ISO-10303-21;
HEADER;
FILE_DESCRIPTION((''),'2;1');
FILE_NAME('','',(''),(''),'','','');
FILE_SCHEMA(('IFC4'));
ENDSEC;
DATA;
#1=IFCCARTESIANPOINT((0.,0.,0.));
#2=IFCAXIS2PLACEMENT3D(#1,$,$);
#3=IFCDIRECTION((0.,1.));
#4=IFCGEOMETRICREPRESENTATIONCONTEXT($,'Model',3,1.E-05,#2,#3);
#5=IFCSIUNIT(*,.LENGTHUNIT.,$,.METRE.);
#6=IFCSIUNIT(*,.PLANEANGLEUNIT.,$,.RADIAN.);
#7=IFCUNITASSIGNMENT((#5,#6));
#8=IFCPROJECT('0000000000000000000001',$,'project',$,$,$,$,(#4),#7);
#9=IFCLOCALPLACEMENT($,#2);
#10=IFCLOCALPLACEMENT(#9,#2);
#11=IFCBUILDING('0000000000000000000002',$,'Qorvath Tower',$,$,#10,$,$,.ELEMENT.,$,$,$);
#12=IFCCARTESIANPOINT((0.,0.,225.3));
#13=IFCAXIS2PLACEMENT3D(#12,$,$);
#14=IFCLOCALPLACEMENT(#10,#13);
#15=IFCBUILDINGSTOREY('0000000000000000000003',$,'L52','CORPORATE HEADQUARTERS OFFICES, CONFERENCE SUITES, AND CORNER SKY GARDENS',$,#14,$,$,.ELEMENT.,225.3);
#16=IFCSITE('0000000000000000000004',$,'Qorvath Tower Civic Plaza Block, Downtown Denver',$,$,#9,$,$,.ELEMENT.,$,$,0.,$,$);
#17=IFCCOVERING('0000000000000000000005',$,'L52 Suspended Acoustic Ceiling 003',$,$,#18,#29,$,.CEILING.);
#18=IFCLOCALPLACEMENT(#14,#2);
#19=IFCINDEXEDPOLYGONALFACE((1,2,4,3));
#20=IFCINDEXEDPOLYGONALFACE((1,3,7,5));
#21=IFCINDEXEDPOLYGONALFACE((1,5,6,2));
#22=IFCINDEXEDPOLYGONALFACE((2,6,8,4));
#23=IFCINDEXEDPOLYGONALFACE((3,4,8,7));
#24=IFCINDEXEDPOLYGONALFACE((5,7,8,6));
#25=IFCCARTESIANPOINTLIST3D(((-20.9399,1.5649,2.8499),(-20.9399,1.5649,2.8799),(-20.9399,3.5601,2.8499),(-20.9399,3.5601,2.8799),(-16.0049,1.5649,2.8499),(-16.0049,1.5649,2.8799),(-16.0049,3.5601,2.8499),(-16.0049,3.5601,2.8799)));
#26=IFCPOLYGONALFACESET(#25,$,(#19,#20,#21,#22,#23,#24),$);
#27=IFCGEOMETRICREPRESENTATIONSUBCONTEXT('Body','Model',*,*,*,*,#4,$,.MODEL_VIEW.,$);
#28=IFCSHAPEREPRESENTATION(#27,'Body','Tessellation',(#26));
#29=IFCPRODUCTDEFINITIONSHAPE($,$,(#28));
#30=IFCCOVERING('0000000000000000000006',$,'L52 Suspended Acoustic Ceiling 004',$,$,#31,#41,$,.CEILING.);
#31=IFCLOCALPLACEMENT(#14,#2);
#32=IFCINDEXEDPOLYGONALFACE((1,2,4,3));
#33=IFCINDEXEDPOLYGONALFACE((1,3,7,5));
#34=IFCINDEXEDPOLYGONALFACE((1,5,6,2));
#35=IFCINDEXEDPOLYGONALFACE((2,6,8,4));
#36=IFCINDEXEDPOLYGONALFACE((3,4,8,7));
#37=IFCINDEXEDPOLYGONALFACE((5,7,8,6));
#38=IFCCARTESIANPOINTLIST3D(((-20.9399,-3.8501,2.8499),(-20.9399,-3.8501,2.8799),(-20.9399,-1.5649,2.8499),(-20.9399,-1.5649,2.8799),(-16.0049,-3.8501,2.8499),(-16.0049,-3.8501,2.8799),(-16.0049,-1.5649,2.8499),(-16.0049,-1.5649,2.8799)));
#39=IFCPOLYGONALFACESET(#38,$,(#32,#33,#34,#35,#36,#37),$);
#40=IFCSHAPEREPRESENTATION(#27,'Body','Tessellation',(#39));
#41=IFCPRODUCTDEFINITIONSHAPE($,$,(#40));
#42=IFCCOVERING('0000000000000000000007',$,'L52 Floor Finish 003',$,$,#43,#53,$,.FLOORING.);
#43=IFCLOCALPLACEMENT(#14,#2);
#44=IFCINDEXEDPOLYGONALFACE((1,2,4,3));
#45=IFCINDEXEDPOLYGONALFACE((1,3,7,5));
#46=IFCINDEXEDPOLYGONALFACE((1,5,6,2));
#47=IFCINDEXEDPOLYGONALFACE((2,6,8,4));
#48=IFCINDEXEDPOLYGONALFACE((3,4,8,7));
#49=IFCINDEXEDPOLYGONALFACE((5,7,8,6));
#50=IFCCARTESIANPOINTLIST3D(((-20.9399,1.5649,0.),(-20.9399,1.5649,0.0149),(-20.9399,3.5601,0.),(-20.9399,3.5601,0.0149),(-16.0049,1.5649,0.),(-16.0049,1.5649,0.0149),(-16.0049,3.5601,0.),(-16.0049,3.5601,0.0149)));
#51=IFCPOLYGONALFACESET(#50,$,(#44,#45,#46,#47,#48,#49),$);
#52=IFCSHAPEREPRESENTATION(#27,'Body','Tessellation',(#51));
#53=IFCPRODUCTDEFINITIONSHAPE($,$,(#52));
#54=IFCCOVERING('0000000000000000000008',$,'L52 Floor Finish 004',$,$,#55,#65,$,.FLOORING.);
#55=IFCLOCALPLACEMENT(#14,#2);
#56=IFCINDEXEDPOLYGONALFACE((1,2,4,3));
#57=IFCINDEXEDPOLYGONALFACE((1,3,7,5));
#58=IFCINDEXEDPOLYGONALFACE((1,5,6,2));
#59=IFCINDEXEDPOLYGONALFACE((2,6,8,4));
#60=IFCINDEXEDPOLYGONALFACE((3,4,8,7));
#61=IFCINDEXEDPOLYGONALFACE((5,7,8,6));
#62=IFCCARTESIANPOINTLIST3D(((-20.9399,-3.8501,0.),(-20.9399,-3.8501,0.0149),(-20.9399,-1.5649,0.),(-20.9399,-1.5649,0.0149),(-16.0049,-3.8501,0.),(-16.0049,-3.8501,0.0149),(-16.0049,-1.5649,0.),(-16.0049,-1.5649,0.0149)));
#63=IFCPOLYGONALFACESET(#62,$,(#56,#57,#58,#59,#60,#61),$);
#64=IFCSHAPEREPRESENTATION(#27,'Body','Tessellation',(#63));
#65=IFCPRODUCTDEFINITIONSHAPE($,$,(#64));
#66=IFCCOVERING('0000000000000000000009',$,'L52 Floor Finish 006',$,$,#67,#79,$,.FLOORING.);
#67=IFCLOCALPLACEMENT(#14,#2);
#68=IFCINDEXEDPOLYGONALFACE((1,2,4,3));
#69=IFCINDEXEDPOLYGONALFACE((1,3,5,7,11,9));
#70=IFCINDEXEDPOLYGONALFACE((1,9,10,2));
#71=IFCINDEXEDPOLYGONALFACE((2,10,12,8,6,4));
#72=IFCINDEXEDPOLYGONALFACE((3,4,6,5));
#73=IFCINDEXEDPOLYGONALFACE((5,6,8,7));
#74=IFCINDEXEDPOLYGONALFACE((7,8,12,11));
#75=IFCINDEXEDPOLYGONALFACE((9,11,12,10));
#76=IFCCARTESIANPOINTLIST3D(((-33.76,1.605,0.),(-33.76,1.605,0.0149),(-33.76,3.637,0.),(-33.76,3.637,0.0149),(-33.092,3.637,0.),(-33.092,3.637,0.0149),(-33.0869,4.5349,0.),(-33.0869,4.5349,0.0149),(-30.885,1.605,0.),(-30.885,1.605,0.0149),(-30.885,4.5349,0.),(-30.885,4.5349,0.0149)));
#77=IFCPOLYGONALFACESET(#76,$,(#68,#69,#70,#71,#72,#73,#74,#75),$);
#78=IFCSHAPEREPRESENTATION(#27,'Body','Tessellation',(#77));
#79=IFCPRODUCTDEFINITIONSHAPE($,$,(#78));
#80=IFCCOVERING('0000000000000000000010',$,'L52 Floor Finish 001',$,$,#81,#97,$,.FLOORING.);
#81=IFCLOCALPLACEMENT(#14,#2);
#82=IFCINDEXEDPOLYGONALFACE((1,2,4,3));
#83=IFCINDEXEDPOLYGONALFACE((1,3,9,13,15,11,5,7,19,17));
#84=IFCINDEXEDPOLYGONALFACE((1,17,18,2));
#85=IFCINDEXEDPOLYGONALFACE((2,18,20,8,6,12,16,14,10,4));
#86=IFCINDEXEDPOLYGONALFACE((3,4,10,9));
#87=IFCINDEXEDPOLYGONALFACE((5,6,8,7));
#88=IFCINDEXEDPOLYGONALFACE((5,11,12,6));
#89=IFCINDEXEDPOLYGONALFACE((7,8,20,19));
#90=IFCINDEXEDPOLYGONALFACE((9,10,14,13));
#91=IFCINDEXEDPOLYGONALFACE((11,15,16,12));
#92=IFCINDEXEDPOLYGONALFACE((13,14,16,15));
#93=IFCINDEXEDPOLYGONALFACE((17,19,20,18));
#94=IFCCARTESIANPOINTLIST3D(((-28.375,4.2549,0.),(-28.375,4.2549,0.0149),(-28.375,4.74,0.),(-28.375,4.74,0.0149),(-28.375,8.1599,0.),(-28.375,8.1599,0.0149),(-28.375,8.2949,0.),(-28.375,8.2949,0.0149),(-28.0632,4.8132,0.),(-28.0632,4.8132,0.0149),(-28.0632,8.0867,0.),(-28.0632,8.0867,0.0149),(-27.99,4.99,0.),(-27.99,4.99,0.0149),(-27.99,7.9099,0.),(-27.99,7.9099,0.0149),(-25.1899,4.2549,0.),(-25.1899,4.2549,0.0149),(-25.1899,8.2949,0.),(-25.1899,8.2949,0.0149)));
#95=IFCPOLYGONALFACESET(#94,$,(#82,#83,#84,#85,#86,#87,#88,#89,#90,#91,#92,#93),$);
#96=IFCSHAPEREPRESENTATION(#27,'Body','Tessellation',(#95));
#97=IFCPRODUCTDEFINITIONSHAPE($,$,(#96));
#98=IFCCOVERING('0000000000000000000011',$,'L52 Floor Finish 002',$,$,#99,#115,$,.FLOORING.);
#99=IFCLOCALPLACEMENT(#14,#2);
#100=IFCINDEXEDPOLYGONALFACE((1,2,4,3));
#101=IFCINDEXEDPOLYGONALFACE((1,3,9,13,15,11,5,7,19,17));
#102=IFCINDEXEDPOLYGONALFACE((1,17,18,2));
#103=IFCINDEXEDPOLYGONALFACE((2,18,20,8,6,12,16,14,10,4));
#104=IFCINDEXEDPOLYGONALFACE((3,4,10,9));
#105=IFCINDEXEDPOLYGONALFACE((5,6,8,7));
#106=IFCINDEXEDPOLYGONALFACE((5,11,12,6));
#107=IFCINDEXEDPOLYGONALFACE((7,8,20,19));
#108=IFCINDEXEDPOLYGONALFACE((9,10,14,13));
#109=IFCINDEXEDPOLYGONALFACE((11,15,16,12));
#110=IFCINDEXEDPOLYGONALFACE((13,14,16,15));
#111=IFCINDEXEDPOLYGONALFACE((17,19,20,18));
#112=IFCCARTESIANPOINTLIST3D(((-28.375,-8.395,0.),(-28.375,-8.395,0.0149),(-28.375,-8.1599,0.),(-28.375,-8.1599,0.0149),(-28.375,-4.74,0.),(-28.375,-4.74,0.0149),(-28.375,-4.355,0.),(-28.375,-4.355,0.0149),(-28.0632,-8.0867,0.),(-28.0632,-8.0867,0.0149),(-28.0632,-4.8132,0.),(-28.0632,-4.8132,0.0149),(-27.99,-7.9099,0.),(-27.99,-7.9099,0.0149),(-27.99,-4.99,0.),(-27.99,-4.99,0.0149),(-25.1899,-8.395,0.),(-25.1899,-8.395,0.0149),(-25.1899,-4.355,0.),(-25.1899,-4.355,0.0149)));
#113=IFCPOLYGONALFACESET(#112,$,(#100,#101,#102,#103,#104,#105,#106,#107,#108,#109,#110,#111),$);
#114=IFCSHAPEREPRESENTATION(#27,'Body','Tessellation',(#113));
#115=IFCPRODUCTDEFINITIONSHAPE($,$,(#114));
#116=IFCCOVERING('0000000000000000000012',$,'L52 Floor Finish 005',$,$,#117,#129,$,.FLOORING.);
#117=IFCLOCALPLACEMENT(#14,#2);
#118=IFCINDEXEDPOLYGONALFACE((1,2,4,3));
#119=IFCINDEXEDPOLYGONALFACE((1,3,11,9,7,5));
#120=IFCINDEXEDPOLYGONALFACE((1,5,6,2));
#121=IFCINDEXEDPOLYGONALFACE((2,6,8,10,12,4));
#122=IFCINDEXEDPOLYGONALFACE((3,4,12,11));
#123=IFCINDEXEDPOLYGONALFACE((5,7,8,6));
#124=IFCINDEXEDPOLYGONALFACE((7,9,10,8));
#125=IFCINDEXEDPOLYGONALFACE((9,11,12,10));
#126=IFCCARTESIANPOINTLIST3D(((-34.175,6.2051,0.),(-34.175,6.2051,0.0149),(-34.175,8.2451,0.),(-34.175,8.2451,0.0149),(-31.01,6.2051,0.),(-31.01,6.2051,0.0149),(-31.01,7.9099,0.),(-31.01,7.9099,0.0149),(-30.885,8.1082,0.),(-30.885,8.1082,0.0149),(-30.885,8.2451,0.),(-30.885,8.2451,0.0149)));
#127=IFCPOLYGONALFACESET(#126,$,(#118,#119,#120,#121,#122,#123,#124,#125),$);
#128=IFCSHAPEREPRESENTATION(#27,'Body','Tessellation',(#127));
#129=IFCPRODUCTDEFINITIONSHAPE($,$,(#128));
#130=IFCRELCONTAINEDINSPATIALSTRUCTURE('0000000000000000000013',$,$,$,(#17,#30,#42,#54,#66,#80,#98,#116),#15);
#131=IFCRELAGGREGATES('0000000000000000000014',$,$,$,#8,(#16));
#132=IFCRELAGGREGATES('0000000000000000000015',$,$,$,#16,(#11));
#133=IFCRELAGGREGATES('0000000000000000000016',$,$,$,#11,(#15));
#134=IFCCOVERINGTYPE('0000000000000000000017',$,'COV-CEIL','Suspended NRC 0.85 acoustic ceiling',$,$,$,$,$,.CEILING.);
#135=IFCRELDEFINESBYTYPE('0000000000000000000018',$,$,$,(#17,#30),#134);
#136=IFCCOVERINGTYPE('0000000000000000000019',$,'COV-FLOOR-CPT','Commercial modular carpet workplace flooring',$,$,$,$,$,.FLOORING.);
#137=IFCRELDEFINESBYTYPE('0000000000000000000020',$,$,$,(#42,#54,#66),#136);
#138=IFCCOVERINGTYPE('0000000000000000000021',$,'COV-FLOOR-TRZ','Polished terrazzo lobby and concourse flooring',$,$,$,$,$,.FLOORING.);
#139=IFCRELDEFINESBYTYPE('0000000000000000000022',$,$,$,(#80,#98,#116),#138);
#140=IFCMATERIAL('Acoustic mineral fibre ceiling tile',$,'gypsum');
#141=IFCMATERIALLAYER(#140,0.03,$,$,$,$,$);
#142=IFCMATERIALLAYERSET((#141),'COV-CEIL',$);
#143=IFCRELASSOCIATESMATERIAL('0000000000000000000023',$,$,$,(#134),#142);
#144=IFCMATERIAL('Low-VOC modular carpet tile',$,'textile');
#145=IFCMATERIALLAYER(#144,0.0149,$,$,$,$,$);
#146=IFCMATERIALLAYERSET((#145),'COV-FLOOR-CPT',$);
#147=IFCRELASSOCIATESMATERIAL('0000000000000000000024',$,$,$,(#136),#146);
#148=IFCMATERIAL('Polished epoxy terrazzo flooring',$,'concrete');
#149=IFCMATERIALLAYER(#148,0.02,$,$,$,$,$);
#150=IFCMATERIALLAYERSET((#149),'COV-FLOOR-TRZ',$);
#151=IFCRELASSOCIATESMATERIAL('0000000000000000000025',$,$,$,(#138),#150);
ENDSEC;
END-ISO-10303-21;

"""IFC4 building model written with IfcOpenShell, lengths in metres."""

from ifc_helpers import new_model, si_unit, direction, frame, origin, place, context, subcontext, project, spatial, polyline, outline, extrude, material, layer, layer_set, type_object, element, save


model = new_model("IFC4")

# Units and contexts
model_context = context("Model", 3, precision=1e-05, world=origin(), true_north=direction((0.0, 1.0)))
body_context = subcontext(model_context, "Body", "Model", "MODEL_VIEW")
ifc_project = project(units=[si_unit("LENGTHUNIT", "METRE"), si_unit("PLANEANGLEUNIT", "RADIAN")], contexts=[model_context])

# Site, building, storey
site_placement = place(None, origin())
site = spatial("IfcSite", under=ifc_project, at=site_placement, Name="Qorvath Tower Civic Plaza Block, Downtown Denver", CompositionType="ELEMENT", RefElevation=0.0)
building_placement = place(site_placement, origin())
building = spatial("IfcBuilding", under=site, at=building_placement, Name="Qorvath Tower", CompositionType="ELEMENT")
storey_placement = place(building_placement, frame((0.0, 0.0, 225.3)))
storey = spatial("IfcBuildingStorey", under=building, at=storey_placement, Name="L52", Description="CORPORATE HEADQUARTERS OFFICES, CONFERENCE SUITES, AND CORNER SKY GARDENS", CompositionType="ELEMENT", Elevation=225.3)

# Coverings
ifc_material_1 = material(Name="Acoustic mineral fibre ceiling tile", Category="gypsum")
ifc_layer_1 = layer(ifc_material_1, 0.03)
ifc_layer_set_1 = layer_set([ifc_layer_1], Name="COV-CEIL")
covering_type_1 = type_object("IfcCoveringType", Name="COV-CEIL", Description="Suspended NRC 0.85 acoustic ceiling", PredefinedType="CEILING", material=ifc_layer_set_1)
covering_1_placement = place(storey_placement, frame((0.0, 0.0, 2.8499)))
element("IfcCovering", 1, at=covering_1_placement, inside=storey, type_object=covering_type_1, Name="L52 Suspended Acoustic Ceiling 003", PredefinedType="CEILING", context=body_context, shape_type="SweptSolid", body=[
    extrude(outline(polyline([(-16.0049, 3.5601), (-20.9399, 3.5601), (-20.9399, 1.5649), (-16.0049, 1.5649), (-16.0049, 3.5601)])), origin(), (0.0, 0.0, 1.0), 0.03),
])
covering_2_placement = place(storey_placement, frame((0.0, 0.0, 2.8499)))
element("IfcCovering", 2, at=covering_2_placement, inside=storey, type_object=covering_type_1, Name="L52 Suspended Acoustic Ceiling 004", PredefinedType="CEILING", context=body_context, shape_type="SweptSolid", body=[
    extrude(outline(polyline([(-20.9399, -1.5649), (-20.9399, -3.8501), (-16.0049, -3.8501), (-16.0049, -1.5649), (-20.9399, -1.5649)])), origin(), (0.0, 0.0, 1.0), 0.03),
])
ifc_material_2 = material(Name="Low-VOC modular carpet tile", Category="textile")
ifc_layer_2 = layer(ifc_material_2, 0.0149)
ifc_layer_set_2 = layer_set([ifc_layer_2], Name="COV-FLOOR-CPT")
covering_type_2 = type_object("IfcCoveringType", Name="COV-FLOOR-CPT", Description="Commercial modular carpet workplace flooring", PredefinedType="FLOORING", material=ifc_layer_set_2)
covering_3_placement = place(storey_placement, origin())
element("IfcCovering", 3, at=covering_3_placement, inside=storey, type_object=covering_type_2, Name="L52 Floor Finish 003", PredefinedType="FLOORING", context=body_context, shape_type="SweptSolid", body=[
    extrude(outline(polyline([(-16.0049, 3.5601), (-20.9399, 3.5601), (-20.9399, 1.5649), (-16.0049, 1.5649), (-16.0049, 3.5601)])), origin(), (0.0, 0.0, 1.0), 0.0149),
])
covering_4_placement = place(storey_placement, origin())
element("IfcCovering", 4, at=covering_4_placement, inside=storey, type_object=covering_type_2, Name="L52 Floor Finish 004", PredefinedType="FLOORING", context=body_context, shape_type="SweptSolid", body=[
    extrude(outline(polyline([(-20.9399, -1.5649), (-20.9399, -3.8501), (-16.0049, -3.8501), (-16.0049, -1.5649), (-20.9399, -1.5649)])), origin(), (0.0, 0.0, 1.0), 0.0149),
])
covering_5_placement = place(storey_placement, origin())
element("IfcCovering", 5, at=covering_5_placement, inside=storey, type_object=covering_type_2, Name="L52 Floor Finish 006", PredefinedType="FLOORING", context=body_context, shape_type="SweptSolid", body=[
    extrude(outline(polyline([(-33.76, 3.637), (-33.76, 1.605), (-30.885, 1.605), (-30.885, 4.5349), (-33.0869, 4.5349), (-33.092, 3.637), (-33.76, 3.637)])), origin(), (0.0, 0.0, 1.0), 0.0149),
])
ifc_material_3 = material(Name="Polished epoxy terrazzo flooring", Category="concrete")
ifc_layer_3 = layer(ifc_material_3, 0.02)
ifc_layer_set_3 = layer_set([ifc_layer_3], Name="COV-FLOOR-TRZ")
covering_type_3 = type_object("IfcCoveringType", Name="COV-FLOOR-TRZ", Description="Polished terrazzo lobby and concourse flooring", PredefinedType="FLOORING", material=ifc_layer_set_3)
covering_6_placement = place(storey_placement, origin())
element("IfcCovering", 6, at=covering_6_placement, inside=storey, type_object=covering_type_3, Name="L52 Floor Finish 001", PredefinedType="FLOORING", context=body_context, shape_type="SweptSolid", body=[
    extrude(outline(polyline([(-25.1899, 4.2549), (-25.1899, 8.2949), (-28.375, 8.2949), (-28.375, 8.1599), (-28.0632, 8.0867), (-27.99, 7.9099), (-27.99, 4.99), (-28.0632, 4.8132), (-28.375, 4.74), (-28.375, 4.2549), (-25.1899, 4.2549)])), origin(), (0.0, 0.0, 1.0), 0.0149),
])
covering_7_placement = place(storey_placement, origin())
element("IfcCovering", 7, at=covering_7_placement, inside=storey, type_object=covering_type_3, Name="L52 Floor Finish 002", PredefinedType="FLOORING", context=body_context, shape_type="SweptSolid", body=[
    extrude(outline(polyline([(-25.1899, -8.395), (-25.1899, -4.355), (-28.375, -4.355), (-28.375, -4.74), (-28.0632, -4.8132), (-27.99, -4.99), (-27.99, -7.9099), (-28.0632, -8.0867), (-28.375, -8.1599), (-28.375, -8.395), (-25.1899, -8.395)])), origin(), (0.0, 0.0, 1.0), 0.0149),
])
covering_8_placement = place(storey_placement, origin())
element("IfcCovering", 8, at=covering_8_placement, inside=storey, type_object=covering_type_3, Name="L52 Floor Finish 005", PredefinedType="FLOORING", context=body_context, shape_type="SweptSolid", body=[
    extrude(outline(polyline([(-31.01, 6.2051), (-31.01, 7.9099), (-30.885, 8.1082), (-30.885, 8.2451), (-34.175, 8.2451), (-34.175, 6.2051), (-31.01, 6.2051)])), origin(), (0.0, 0.0, 1.0), 0.0149),
])

save(model, "model.ifc")
